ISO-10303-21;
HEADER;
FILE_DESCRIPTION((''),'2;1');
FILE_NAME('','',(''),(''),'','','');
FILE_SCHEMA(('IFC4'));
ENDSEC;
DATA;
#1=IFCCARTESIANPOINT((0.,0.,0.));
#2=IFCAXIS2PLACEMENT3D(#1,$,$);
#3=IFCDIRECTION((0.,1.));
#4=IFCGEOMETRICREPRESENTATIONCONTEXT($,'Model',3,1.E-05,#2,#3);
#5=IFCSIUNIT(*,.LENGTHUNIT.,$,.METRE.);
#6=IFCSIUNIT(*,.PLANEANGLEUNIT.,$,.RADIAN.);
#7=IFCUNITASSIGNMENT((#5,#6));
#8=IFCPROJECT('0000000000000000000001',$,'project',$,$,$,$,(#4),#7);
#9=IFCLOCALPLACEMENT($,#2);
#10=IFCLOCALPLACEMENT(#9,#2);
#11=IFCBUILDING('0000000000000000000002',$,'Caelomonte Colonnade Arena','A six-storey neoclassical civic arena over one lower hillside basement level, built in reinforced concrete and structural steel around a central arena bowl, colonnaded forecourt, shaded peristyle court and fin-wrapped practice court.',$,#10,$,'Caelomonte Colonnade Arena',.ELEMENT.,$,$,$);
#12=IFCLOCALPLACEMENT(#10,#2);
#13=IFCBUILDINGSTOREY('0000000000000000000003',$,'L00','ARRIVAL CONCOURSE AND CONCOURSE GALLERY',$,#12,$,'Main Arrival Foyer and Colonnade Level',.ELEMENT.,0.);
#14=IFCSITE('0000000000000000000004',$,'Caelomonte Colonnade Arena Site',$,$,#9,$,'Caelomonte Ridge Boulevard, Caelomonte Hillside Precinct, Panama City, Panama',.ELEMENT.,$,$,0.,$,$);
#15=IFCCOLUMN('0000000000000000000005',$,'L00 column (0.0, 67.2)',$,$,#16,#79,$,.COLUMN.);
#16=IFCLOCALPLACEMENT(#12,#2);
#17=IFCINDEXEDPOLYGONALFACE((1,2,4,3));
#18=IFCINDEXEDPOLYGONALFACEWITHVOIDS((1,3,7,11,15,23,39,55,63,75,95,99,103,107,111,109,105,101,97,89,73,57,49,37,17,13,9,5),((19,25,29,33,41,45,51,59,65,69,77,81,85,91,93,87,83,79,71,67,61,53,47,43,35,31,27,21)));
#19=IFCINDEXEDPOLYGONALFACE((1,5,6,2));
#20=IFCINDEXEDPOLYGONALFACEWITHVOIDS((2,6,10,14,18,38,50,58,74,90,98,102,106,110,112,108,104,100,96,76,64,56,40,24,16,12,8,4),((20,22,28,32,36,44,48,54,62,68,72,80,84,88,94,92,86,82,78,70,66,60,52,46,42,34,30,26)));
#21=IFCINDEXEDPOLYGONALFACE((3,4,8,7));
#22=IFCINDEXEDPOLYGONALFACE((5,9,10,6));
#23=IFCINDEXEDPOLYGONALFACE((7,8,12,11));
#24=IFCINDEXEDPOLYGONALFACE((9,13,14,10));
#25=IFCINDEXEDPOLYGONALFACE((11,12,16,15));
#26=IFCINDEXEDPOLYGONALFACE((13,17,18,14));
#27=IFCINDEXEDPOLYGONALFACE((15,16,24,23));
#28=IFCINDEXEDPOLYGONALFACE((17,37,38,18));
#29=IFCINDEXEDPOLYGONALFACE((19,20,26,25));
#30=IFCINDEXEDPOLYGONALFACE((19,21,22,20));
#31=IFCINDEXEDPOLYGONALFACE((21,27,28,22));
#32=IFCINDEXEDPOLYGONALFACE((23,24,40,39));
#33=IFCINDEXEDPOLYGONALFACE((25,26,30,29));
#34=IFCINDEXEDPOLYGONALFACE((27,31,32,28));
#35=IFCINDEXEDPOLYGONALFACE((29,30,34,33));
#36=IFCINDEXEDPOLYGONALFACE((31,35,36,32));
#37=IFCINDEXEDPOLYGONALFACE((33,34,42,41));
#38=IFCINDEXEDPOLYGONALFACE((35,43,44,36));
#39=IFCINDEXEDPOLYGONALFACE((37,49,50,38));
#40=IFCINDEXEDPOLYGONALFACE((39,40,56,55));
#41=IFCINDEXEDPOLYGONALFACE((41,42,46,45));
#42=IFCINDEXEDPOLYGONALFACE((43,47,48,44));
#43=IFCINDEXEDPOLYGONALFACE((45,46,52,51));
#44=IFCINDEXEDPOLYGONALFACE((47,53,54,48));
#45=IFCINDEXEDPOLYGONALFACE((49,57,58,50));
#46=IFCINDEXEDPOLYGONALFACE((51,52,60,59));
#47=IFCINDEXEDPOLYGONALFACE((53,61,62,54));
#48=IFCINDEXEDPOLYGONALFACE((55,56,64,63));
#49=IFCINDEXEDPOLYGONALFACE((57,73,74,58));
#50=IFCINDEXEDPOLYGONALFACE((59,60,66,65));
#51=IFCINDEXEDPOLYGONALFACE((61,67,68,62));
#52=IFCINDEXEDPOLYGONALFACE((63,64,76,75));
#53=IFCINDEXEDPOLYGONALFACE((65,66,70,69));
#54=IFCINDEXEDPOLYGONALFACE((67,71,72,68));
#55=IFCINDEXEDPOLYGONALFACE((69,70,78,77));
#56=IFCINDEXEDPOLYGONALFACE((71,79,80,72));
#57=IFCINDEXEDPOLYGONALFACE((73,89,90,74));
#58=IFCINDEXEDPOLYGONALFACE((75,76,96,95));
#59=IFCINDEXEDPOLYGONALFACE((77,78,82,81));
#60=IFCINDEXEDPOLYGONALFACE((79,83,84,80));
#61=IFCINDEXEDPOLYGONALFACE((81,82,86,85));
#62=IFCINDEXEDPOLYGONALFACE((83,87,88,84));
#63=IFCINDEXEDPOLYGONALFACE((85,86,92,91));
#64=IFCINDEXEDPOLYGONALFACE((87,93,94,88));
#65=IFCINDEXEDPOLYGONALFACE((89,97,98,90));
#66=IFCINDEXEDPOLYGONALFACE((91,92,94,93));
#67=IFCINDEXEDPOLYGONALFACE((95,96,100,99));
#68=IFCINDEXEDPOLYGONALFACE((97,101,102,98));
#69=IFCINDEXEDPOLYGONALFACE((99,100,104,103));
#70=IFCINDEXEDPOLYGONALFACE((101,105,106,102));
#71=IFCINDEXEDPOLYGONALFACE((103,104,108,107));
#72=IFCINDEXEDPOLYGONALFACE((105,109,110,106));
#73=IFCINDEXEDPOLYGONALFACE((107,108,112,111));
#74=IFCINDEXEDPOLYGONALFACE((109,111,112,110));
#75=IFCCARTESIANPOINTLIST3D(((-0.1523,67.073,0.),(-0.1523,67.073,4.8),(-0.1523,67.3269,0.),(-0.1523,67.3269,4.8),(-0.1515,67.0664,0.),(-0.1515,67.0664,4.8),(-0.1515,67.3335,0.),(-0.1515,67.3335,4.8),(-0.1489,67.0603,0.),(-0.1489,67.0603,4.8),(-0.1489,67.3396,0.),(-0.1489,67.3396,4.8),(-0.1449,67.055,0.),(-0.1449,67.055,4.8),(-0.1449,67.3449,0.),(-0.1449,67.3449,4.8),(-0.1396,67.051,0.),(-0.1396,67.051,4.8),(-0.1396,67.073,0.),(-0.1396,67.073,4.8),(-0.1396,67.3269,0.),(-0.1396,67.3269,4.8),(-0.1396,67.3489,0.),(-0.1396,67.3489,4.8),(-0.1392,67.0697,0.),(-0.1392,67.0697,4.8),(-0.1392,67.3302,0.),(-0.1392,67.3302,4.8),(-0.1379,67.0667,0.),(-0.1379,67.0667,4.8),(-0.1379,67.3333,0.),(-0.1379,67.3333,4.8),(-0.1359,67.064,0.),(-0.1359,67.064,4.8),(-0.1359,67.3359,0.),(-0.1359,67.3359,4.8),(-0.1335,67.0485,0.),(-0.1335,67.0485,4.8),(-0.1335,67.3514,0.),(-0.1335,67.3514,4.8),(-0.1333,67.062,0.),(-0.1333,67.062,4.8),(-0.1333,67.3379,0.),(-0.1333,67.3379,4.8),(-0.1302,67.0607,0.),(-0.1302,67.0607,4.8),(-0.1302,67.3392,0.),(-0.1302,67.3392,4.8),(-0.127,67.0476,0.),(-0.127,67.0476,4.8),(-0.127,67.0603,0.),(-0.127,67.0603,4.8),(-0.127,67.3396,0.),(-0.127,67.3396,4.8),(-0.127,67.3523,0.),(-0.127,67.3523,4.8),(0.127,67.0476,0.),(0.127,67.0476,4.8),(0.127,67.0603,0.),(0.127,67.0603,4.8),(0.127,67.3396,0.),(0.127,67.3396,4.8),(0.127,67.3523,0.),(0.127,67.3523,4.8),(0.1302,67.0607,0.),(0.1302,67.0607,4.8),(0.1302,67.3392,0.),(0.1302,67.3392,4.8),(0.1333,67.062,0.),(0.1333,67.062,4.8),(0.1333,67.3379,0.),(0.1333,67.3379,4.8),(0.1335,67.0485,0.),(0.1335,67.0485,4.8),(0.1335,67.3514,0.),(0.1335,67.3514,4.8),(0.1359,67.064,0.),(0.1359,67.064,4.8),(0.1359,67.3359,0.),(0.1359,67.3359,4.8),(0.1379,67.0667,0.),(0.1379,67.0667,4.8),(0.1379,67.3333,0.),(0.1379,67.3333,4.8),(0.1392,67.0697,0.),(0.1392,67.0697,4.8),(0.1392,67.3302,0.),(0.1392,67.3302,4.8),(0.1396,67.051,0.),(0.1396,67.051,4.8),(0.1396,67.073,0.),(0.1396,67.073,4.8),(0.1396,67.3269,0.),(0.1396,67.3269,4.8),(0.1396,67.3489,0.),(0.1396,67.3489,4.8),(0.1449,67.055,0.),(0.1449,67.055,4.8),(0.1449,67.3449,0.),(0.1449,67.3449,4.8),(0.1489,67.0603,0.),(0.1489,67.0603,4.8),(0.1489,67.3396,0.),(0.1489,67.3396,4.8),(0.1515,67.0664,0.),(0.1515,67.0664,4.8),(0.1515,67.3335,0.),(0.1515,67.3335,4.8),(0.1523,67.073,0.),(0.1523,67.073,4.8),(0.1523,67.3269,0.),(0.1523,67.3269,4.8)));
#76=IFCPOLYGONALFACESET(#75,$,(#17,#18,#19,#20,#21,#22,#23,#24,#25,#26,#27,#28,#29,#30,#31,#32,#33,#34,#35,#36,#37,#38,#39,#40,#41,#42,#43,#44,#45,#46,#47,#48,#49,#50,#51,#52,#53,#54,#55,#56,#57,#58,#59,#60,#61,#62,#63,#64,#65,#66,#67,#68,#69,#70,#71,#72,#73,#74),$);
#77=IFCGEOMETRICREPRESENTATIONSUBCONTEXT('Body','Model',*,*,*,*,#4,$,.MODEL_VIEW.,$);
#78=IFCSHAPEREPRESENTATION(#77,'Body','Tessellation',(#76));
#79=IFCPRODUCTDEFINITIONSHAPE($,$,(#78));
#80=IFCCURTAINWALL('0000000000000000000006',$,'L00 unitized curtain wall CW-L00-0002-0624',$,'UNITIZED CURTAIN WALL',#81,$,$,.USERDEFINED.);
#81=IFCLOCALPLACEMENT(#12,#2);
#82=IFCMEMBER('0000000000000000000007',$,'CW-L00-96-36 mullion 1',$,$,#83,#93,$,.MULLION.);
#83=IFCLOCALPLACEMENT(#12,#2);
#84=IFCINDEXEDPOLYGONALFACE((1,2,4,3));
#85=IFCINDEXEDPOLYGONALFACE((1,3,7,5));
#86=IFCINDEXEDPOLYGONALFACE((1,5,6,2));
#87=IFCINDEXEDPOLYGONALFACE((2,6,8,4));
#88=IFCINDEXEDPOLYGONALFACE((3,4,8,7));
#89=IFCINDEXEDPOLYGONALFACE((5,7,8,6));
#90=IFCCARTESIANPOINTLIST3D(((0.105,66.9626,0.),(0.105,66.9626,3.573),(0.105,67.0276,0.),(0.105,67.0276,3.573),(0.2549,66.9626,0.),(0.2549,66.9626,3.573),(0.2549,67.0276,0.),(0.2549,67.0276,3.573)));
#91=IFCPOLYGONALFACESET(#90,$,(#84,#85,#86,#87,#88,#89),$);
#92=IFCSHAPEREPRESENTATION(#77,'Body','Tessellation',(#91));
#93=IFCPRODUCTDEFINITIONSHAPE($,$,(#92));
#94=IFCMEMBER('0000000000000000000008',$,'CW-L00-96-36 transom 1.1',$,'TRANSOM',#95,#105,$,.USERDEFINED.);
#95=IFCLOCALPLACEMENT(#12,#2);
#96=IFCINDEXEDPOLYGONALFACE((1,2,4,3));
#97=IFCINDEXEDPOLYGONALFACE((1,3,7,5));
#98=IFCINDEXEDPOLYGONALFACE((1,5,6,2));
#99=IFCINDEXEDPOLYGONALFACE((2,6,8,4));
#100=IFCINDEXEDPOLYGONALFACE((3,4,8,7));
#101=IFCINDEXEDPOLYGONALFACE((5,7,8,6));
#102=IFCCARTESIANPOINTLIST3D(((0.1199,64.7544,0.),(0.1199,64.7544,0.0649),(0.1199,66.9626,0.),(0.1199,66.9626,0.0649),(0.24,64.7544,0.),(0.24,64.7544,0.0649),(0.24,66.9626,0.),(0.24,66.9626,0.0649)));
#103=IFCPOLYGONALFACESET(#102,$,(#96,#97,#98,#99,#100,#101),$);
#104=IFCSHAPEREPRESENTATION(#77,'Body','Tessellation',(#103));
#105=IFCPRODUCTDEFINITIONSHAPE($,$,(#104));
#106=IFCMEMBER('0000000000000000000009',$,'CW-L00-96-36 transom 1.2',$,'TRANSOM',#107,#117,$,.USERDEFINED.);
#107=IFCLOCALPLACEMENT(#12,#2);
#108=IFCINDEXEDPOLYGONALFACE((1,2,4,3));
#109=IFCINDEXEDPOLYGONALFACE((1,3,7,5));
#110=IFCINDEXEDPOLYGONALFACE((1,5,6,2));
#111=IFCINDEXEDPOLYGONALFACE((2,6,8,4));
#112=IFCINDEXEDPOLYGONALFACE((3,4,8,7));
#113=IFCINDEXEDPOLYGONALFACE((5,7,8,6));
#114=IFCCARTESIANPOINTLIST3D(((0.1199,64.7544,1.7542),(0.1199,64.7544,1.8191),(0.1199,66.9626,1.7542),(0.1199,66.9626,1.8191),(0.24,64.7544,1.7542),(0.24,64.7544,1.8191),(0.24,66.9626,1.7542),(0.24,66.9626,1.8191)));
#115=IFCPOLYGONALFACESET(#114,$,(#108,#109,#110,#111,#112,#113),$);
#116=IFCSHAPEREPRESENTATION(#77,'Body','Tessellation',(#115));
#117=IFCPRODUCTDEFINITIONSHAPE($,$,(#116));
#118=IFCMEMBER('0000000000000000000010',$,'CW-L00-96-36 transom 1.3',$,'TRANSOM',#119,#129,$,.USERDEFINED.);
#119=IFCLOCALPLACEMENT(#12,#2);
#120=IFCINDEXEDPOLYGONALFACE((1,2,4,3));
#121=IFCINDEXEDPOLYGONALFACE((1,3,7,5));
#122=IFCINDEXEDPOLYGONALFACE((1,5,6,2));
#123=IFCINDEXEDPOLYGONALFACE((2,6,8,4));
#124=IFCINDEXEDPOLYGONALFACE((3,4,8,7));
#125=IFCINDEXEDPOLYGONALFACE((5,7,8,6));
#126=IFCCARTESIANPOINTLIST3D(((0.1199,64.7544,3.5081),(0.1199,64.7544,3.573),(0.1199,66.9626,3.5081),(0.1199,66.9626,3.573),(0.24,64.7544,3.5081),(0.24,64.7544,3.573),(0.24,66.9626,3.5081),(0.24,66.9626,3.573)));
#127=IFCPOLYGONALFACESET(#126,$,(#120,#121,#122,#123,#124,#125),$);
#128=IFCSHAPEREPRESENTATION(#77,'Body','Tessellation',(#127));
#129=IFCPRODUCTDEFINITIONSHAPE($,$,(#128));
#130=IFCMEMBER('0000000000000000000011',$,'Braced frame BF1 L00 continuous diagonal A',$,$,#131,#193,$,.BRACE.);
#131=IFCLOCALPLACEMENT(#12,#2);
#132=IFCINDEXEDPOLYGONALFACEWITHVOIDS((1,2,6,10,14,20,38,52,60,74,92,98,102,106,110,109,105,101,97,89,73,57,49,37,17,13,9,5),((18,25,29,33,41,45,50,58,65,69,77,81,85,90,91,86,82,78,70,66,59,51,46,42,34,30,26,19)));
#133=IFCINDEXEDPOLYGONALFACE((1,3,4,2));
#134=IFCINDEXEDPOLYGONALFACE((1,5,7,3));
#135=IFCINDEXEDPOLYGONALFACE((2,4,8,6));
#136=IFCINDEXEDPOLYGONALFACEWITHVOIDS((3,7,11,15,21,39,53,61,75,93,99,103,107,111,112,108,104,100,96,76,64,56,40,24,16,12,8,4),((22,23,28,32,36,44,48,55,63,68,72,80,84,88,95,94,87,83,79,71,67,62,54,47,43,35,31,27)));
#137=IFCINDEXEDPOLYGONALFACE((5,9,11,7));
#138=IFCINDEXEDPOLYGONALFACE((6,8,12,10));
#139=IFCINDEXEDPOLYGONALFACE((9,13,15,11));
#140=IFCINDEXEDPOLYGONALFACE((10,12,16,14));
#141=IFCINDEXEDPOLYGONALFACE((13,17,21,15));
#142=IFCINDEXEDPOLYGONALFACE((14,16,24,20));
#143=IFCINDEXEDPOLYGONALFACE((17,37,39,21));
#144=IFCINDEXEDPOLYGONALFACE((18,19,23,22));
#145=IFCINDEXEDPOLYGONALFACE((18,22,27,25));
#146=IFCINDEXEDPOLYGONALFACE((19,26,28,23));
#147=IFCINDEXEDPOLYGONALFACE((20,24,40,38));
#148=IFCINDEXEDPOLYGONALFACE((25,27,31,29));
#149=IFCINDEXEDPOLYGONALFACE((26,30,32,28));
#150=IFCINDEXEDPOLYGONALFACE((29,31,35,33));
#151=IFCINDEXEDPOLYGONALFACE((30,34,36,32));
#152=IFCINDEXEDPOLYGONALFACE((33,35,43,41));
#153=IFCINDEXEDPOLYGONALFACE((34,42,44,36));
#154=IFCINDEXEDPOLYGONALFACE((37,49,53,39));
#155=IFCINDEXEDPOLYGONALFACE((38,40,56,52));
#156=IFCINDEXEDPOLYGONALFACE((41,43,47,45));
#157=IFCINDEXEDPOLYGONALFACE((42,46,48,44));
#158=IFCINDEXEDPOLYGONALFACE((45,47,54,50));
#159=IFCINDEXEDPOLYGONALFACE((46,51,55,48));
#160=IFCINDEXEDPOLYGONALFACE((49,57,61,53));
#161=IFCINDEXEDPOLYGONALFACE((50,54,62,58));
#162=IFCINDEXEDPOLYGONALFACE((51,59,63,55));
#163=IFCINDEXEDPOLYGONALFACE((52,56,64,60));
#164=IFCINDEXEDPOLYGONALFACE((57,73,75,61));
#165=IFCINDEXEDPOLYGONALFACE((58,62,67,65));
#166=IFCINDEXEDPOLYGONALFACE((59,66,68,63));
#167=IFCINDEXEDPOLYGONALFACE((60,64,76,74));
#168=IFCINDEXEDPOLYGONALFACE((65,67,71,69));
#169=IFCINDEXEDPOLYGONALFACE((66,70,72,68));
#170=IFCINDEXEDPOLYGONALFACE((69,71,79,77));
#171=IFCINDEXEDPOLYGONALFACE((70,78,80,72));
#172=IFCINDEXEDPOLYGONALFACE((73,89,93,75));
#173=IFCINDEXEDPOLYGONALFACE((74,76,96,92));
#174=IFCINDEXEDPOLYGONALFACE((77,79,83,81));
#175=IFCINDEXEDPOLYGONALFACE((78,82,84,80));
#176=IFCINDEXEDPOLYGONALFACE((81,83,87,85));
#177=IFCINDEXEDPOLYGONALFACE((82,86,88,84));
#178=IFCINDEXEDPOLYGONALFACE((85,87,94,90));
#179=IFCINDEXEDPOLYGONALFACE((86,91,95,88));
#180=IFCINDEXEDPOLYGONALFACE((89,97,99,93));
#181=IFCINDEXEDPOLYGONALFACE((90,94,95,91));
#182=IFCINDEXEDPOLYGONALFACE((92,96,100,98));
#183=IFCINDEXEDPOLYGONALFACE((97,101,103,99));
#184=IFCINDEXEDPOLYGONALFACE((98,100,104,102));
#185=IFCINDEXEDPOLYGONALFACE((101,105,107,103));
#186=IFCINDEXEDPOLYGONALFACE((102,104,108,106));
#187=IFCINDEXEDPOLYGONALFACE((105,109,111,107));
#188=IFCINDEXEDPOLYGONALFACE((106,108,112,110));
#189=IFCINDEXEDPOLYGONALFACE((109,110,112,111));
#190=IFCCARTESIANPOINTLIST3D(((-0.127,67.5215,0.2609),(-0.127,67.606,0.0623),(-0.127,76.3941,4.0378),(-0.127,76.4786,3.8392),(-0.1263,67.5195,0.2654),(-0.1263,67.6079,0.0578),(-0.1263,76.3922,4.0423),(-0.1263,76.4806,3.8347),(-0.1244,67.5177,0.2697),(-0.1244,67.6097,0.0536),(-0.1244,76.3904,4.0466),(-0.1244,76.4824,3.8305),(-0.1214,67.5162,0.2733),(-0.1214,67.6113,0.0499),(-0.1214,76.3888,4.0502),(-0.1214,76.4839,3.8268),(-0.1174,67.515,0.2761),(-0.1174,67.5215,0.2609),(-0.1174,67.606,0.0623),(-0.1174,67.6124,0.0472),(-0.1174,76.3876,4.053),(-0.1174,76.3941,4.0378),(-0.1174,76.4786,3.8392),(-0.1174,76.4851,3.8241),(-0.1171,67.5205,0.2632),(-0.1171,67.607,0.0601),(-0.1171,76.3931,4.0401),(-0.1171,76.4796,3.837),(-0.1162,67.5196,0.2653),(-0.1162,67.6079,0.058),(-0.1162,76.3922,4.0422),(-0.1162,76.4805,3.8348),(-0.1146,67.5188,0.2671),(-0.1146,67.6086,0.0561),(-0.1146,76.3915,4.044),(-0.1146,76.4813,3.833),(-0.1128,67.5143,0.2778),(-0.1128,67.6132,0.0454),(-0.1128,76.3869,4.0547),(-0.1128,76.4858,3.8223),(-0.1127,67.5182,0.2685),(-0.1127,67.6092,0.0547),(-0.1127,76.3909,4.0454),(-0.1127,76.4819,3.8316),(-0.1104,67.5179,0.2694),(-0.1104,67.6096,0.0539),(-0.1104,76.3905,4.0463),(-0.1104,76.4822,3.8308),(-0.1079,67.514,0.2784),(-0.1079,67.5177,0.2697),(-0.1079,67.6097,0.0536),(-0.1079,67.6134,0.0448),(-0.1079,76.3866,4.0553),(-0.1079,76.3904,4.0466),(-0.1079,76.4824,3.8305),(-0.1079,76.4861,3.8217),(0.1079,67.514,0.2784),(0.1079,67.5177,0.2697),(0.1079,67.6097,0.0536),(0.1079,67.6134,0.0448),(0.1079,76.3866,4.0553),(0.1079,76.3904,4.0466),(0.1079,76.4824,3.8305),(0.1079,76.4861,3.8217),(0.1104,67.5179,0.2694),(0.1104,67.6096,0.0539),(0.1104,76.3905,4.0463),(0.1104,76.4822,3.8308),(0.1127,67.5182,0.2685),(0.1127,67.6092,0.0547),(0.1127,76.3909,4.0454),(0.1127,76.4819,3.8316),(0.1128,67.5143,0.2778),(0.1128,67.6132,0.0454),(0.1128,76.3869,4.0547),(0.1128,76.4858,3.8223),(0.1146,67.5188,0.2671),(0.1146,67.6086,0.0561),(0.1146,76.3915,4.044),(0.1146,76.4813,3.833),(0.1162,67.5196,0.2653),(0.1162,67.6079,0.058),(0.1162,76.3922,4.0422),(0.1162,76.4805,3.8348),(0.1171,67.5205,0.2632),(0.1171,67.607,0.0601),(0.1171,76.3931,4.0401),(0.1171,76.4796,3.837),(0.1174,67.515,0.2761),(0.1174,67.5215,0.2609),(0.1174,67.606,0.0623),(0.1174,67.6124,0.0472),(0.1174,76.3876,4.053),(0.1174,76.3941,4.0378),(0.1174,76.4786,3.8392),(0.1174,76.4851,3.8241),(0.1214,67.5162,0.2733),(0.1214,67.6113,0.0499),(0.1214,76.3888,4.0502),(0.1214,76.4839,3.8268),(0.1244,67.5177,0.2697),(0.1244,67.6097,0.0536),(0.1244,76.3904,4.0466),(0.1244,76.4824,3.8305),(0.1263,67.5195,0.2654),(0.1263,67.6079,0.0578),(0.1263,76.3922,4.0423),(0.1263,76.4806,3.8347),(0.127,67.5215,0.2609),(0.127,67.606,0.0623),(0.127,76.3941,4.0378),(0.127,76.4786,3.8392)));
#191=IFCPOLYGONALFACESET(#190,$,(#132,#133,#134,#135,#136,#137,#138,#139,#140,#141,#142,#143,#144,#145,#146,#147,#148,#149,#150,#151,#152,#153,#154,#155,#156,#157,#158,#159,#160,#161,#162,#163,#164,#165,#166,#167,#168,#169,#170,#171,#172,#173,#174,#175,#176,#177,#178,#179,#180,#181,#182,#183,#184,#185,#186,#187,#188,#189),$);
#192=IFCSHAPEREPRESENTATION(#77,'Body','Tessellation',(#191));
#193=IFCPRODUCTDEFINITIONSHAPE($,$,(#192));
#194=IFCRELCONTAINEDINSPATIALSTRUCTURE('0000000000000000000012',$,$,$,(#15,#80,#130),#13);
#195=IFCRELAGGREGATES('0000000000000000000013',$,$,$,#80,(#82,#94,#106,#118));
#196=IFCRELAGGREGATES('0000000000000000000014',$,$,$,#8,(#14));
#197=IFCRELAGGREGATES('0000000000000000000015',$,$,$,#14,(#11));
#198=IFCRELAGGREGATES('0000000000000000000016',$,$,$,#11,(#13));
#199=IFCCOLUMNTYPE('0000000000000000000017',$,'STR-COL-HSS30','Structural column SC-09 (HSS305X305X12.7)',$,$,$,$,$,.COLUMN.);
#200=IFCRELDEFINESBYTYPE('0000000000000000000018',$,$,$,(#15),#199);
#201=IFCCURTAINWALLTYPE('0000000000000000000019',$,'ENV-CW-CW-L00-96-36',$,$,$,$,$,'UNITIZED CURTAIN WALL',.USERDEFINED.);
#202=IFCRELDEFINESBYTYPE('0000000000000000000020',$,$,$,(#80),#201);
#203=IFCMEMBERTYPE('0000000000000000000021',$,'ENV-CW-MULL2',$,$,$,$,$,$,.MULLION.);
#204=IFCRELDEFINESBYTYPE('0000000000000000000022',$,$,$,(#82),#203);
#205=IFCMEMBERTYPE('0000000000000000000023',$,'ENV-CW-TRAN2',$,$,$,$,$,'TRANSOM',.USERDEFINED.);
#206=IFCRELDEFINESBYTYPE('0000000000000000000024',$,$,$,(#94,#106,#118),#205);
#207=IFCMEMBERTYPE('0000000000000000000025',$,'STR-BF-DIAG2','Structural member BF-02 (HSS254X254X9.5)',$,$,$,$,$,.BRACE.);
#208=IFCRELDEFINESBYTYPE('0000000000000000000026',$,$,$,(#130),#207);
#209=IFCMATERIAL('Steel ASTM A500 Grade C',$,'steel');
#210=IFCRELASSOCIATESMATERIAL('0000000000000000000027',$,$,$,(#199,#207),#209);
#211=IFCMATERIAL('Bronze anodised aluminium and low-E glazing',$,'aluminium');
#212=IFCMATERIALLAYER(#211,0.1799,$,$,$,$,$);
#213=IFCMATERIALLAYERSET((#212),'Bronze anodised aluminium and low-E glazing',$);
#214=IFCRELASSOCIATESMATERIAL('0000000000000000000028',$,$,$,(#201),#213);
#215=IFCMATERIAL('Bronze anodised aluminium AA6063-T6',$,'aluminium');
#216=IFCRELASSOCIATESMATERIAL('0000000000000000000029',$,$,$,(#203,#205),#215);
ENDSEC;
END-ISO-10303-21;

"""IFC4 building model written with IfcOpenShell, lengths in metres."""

from ifc_helpers import new_model, si_unit, direction, frame, origin, origin_2d, place, context, subcontext, project, spatial, rectangle, hollow_rectangle, extrude, material, layer, layer_set, material_profile, profile_set, type_object, element, aggregate, save


model = new_model("IFC4")

# Units and contexts
model_context = context("Model", 3, precision=1e-05, world=origin(), true_north=direction((0.0, 1.0)))
body_context = subcontext(model_context, "Body", "Model", "MODEL_VIEW")
ifc_project = project(units=[si_unit("LENGTHUNIT", "METRE"), si_unit("PLANEANGLEUNIT", "RADIAN")], contexts=[model_context])

# Site, building, storey
site_placement = place(None, origin())
site = spatial("IfcSite", under=ifc_project, at=site_placement, Name="Caelomonte Colonnade Arena Site", LongName="Caelomonte Ridge Boulevard, Caelomonte Hillside Precinct, Panama City, Panama", CompositionType="ELEMENT", RefElevation=0.0)
building_placement = place(site_placement, origin())
building = spatial("IfcBuilding", under=site, at=building_placement, Name="Caelomonte Colonnade Arena", Description="A six-storey neoclassical civic arena over one lower hillside basement level, built in reinforced concrete and structural steel around a central arena bowl, colonnaded forecourt, shaded peristyle court and fin-wrapped practice court.", LongName="Caelomonte Colonnade Arena", CompositionType="ELEMENT")
storey_placement = place(building_placement, origin())
storey = spatial("IfcBuildingStorey", under=building, at=storey_placement, Name="L00", Description="ARRIVAL CONCOURSE AND CONCOURSE GALLERY", LongName="Main Arrival Foyer and Colonnade Level", CompositionType="ELEMENT", Elevation=0.0)

# Column
ifc_material_1 = material(Name="Steel ASTM A500 Grade C", Category="steel")
ifc_material_profile_1 = material_profile(ifc_material_1, hollow_rectangle(XDim=0.3047, YDim=0.3047, WallThickness=0.0127, InnerFilletRadius=0.0127, OuterFilletRadius=0.0254, at=origin_2d()), Name="HSS305X305X12.7")
ifc_profile_set_1 = profile_set([ifc_material_profile_1], Name="Steel ASTM A500 Grade C")
column_type = type_object("IfcColumnType", Name="STR-COL-HSS30", Description="Structural column SC-09 (HSS305X305X12.7)", PredefinedType="COLUMN", material=ifc_profile_set_1)
column_placement = place(storey_placement, frame((0.0, 67.2, 0.0), z_axis=(0.0, 0.0, 1.0), x_axis=(1.0, 0.0, 0.0)))
element("IfcColumn", 1, at=column_placement, inside=storey, type_object=column_type, Name="L00 column (0.0, 67.2)", PredefinedType="COLUMN", context=body_context, shape_type="SweptSolid", body=[
    extrude(hollow_rectangle(XDim=0.3047, YDim=0.3047, WallThickness=0.0127, InnerFilletRadius=0.0127, OuterFilletRadius=0.0254, at=origin_2d()), origin(), (0.0, 0.0, 1.0), 4.8),
])

# Curtain wall, members
ifc_material_2 = material(Name="Bronze anodised aluminium and low-E glazing", Category="aluminium")
ifc_layer_1 = layer(ifc_material_2, 0.1799)
ifc_layer_set_1 = layer_set([ifc_layer_1], Name="Bronze anodised aluminium and low-E glazing")
curtain_wall_type = type_object("IfcCurtainWallType", Name="ENV-CW-CW-L00-96-36", ElementType="UNITIZED CURTAIN WALL", PredefinedType="USERDEFINED", material=ifc_layer_set_1)
curtain_wall_placement = place(storey_placement, origin())
curtain_wall = element("IfcCurtainWall", 2, at=curtain_wall_placement, inside=storey, type_object=curtain_wall_type, Name="L00 unitized curtain wall CW-L00-0002-0624", ObjectType="UNITIZED CURTAIN WALL", PredefinedType="USERDEFINED")
ifc_material_3 = material(Name="Bronze anodised aluminium AA6063-T6", Category="aluminium")
ifc_material_profile_2 = material_profile(ifc_material_3, rectangle(XDim=0.0649, YDim=0.1499, at=origin_2d()), Name="CWM-65X150")
ifc_profile_set_2 = profile_set([ifc_material_profile_2], Name="Bronze anodised aluminium AA6063-T6")
member_type_1 = type_object("IfcMemberType", Name="ENV-CW-MULL2", PredefinedType="MULLION", material=ifc_profile_set_2)
member_1_placement = place(storey_placement, frame((0.1799, 66.9951, 0.0), z_axis=(0.0, 0.0, 1.0), x_axis=(0.0, -1.0, 0.0)))
member_1 = element("IfcMember", 3, at=member_1_placement, type_object=member_type_1, Name="CW-L00-96-36 mullion 1", PredefinedType="MULLION", context=body_context, shape_type="SweptSolid", body=[
    extrude(rectangle(XDim=0.0649, YDim=0.1499, at=origin_2d()), origin(), (0.0, 0.0, 1.0), 3.573),
])
ifc_material_profile_3 = material_profile(ifc_material_3, rectangle(XDim=0.0649, YDim=0.1201, at=origin_2d()), Name="CWT-65X120")
ifc_profile_set_3 = profile_set([ifc_material_profile_3], Name="Bronze anodised aluminium AA6063-T6")
member_type_2 = type_object("IfcMemberType", Name="ENV-CW-TRAN2", ElementType="TRANSOM", PredefinedType="USERDEFINED", material=ifc_profile_set_3)
member_2_placement = place(storey_placement, frame((0.1799, 66.9626, 0.0325), z_axis=(0.0, -1.0, 0.0), x_axis=(0.0, 0.0, 1.0)))
member_2 = element("IfcMember", 4, at=member_2_placement, type_object=member_type_2, Name="CW-L00-96-36 transom 1.1", ObjectType="TRANSOM", PredefinedType="USERDEFINED", context=body_context, shape_type="SweptSolid", body=[
    extrude(rectangle(XDim=0.0649, YDim=0.1201, at=origin_2d()), origin(), (0.0, 0.0, 1.0), 2.2083),
])
member_3_placement = place(storey_placement, frame((0.1799, 66.9626, 1.7866), z_axis=(0.0, -1.0, 0.0), x_axis=(0.0, 0.0, 1.0)))
member_3 = element("IfcMember", 5, at=member_3_placement, type_object=member_type_2, Name="CW-L00-96-36 transom 1.2", ObjectType="TRANSOM", PredefinedType="USERDEFINED", context=body_context, shape_type="SweptSolid", body=[
    extrude(rectangle(XDim=0.0649, YDim=0.1201, at=origin_2d()), origin(), (0.0, 0.0, 1.0), 2.2083),
])
member_4_placement = place(storey_placement, frame((0.1799, 66.9626, 3.5405), z_axis=(0.0, -1.0, 0.0), x_axis=(0.0, 0.0, 1.0)))
member_4 = element("IfcMember", 6, at=member_4_placement, type_object=member_type_2, Name="CW-L00-96-36 transom 1.3", ObjectType="TRANSOM", PredefinedType="USERDEFINED", context=body_context, shape_type="SweptSolid", body=[
    extrude(rectangle(XDim=0.0649, YDim=0.1201, at=origin_2d()), origin(), (0.0, 0.0, 1.0), 2.2083),
])

# Member
ifc_material_profile_4 = material_profile(ifc_material_1, hollow_rectangle(XDim=0.2539, YDim=0.2539, WallThickness=0.0095, InnerFilletRadius=0.0095, OuterFilletRadius=0.019, at=origin_2d()), Name="HSS254X254X9.5")
ifc_profile_set_4 = profile_set([ifc_material_profile_4], Name="Steel ASTM A500 Grade C")
member_type_3 = type_object("IfcMemberType", Name="STR-BF-DIAG2", Description="Structural member BF-02 (HSS254X254X9.5)", PredefinedType="BRACE", material=ifc_profile_set_4)
member_5_placement = place(storey_placement, frame((0.0, 67.5637, 0.1616), z_axis=(0.0, 0.920106, 0.391669), x_axis=(-1.0, 0.0, 0.0)))
element("IfcMember", 7, at=member_5_placement, inside=storey, type_object=member_type_3, Name="Braced frame BF1 L00 continuous diagonal A", PredefinedType="BRACE", context=body_context, shape_type="SweptSolid", body=[
    extrude(hollow_rectangle(XDim=0.2539, YDim=0.2539, WallThickness=0.0095, InnerFilletRadius=0.0095, OuterFilletRadius=0.019, at=origin_2d()), origin(), (0.0, 0.0, 1.0), 9.6431),
])

aggregate(curtain_wall, [member_1, member_2, member_3, member_4])

save(model, "model.ifc")
